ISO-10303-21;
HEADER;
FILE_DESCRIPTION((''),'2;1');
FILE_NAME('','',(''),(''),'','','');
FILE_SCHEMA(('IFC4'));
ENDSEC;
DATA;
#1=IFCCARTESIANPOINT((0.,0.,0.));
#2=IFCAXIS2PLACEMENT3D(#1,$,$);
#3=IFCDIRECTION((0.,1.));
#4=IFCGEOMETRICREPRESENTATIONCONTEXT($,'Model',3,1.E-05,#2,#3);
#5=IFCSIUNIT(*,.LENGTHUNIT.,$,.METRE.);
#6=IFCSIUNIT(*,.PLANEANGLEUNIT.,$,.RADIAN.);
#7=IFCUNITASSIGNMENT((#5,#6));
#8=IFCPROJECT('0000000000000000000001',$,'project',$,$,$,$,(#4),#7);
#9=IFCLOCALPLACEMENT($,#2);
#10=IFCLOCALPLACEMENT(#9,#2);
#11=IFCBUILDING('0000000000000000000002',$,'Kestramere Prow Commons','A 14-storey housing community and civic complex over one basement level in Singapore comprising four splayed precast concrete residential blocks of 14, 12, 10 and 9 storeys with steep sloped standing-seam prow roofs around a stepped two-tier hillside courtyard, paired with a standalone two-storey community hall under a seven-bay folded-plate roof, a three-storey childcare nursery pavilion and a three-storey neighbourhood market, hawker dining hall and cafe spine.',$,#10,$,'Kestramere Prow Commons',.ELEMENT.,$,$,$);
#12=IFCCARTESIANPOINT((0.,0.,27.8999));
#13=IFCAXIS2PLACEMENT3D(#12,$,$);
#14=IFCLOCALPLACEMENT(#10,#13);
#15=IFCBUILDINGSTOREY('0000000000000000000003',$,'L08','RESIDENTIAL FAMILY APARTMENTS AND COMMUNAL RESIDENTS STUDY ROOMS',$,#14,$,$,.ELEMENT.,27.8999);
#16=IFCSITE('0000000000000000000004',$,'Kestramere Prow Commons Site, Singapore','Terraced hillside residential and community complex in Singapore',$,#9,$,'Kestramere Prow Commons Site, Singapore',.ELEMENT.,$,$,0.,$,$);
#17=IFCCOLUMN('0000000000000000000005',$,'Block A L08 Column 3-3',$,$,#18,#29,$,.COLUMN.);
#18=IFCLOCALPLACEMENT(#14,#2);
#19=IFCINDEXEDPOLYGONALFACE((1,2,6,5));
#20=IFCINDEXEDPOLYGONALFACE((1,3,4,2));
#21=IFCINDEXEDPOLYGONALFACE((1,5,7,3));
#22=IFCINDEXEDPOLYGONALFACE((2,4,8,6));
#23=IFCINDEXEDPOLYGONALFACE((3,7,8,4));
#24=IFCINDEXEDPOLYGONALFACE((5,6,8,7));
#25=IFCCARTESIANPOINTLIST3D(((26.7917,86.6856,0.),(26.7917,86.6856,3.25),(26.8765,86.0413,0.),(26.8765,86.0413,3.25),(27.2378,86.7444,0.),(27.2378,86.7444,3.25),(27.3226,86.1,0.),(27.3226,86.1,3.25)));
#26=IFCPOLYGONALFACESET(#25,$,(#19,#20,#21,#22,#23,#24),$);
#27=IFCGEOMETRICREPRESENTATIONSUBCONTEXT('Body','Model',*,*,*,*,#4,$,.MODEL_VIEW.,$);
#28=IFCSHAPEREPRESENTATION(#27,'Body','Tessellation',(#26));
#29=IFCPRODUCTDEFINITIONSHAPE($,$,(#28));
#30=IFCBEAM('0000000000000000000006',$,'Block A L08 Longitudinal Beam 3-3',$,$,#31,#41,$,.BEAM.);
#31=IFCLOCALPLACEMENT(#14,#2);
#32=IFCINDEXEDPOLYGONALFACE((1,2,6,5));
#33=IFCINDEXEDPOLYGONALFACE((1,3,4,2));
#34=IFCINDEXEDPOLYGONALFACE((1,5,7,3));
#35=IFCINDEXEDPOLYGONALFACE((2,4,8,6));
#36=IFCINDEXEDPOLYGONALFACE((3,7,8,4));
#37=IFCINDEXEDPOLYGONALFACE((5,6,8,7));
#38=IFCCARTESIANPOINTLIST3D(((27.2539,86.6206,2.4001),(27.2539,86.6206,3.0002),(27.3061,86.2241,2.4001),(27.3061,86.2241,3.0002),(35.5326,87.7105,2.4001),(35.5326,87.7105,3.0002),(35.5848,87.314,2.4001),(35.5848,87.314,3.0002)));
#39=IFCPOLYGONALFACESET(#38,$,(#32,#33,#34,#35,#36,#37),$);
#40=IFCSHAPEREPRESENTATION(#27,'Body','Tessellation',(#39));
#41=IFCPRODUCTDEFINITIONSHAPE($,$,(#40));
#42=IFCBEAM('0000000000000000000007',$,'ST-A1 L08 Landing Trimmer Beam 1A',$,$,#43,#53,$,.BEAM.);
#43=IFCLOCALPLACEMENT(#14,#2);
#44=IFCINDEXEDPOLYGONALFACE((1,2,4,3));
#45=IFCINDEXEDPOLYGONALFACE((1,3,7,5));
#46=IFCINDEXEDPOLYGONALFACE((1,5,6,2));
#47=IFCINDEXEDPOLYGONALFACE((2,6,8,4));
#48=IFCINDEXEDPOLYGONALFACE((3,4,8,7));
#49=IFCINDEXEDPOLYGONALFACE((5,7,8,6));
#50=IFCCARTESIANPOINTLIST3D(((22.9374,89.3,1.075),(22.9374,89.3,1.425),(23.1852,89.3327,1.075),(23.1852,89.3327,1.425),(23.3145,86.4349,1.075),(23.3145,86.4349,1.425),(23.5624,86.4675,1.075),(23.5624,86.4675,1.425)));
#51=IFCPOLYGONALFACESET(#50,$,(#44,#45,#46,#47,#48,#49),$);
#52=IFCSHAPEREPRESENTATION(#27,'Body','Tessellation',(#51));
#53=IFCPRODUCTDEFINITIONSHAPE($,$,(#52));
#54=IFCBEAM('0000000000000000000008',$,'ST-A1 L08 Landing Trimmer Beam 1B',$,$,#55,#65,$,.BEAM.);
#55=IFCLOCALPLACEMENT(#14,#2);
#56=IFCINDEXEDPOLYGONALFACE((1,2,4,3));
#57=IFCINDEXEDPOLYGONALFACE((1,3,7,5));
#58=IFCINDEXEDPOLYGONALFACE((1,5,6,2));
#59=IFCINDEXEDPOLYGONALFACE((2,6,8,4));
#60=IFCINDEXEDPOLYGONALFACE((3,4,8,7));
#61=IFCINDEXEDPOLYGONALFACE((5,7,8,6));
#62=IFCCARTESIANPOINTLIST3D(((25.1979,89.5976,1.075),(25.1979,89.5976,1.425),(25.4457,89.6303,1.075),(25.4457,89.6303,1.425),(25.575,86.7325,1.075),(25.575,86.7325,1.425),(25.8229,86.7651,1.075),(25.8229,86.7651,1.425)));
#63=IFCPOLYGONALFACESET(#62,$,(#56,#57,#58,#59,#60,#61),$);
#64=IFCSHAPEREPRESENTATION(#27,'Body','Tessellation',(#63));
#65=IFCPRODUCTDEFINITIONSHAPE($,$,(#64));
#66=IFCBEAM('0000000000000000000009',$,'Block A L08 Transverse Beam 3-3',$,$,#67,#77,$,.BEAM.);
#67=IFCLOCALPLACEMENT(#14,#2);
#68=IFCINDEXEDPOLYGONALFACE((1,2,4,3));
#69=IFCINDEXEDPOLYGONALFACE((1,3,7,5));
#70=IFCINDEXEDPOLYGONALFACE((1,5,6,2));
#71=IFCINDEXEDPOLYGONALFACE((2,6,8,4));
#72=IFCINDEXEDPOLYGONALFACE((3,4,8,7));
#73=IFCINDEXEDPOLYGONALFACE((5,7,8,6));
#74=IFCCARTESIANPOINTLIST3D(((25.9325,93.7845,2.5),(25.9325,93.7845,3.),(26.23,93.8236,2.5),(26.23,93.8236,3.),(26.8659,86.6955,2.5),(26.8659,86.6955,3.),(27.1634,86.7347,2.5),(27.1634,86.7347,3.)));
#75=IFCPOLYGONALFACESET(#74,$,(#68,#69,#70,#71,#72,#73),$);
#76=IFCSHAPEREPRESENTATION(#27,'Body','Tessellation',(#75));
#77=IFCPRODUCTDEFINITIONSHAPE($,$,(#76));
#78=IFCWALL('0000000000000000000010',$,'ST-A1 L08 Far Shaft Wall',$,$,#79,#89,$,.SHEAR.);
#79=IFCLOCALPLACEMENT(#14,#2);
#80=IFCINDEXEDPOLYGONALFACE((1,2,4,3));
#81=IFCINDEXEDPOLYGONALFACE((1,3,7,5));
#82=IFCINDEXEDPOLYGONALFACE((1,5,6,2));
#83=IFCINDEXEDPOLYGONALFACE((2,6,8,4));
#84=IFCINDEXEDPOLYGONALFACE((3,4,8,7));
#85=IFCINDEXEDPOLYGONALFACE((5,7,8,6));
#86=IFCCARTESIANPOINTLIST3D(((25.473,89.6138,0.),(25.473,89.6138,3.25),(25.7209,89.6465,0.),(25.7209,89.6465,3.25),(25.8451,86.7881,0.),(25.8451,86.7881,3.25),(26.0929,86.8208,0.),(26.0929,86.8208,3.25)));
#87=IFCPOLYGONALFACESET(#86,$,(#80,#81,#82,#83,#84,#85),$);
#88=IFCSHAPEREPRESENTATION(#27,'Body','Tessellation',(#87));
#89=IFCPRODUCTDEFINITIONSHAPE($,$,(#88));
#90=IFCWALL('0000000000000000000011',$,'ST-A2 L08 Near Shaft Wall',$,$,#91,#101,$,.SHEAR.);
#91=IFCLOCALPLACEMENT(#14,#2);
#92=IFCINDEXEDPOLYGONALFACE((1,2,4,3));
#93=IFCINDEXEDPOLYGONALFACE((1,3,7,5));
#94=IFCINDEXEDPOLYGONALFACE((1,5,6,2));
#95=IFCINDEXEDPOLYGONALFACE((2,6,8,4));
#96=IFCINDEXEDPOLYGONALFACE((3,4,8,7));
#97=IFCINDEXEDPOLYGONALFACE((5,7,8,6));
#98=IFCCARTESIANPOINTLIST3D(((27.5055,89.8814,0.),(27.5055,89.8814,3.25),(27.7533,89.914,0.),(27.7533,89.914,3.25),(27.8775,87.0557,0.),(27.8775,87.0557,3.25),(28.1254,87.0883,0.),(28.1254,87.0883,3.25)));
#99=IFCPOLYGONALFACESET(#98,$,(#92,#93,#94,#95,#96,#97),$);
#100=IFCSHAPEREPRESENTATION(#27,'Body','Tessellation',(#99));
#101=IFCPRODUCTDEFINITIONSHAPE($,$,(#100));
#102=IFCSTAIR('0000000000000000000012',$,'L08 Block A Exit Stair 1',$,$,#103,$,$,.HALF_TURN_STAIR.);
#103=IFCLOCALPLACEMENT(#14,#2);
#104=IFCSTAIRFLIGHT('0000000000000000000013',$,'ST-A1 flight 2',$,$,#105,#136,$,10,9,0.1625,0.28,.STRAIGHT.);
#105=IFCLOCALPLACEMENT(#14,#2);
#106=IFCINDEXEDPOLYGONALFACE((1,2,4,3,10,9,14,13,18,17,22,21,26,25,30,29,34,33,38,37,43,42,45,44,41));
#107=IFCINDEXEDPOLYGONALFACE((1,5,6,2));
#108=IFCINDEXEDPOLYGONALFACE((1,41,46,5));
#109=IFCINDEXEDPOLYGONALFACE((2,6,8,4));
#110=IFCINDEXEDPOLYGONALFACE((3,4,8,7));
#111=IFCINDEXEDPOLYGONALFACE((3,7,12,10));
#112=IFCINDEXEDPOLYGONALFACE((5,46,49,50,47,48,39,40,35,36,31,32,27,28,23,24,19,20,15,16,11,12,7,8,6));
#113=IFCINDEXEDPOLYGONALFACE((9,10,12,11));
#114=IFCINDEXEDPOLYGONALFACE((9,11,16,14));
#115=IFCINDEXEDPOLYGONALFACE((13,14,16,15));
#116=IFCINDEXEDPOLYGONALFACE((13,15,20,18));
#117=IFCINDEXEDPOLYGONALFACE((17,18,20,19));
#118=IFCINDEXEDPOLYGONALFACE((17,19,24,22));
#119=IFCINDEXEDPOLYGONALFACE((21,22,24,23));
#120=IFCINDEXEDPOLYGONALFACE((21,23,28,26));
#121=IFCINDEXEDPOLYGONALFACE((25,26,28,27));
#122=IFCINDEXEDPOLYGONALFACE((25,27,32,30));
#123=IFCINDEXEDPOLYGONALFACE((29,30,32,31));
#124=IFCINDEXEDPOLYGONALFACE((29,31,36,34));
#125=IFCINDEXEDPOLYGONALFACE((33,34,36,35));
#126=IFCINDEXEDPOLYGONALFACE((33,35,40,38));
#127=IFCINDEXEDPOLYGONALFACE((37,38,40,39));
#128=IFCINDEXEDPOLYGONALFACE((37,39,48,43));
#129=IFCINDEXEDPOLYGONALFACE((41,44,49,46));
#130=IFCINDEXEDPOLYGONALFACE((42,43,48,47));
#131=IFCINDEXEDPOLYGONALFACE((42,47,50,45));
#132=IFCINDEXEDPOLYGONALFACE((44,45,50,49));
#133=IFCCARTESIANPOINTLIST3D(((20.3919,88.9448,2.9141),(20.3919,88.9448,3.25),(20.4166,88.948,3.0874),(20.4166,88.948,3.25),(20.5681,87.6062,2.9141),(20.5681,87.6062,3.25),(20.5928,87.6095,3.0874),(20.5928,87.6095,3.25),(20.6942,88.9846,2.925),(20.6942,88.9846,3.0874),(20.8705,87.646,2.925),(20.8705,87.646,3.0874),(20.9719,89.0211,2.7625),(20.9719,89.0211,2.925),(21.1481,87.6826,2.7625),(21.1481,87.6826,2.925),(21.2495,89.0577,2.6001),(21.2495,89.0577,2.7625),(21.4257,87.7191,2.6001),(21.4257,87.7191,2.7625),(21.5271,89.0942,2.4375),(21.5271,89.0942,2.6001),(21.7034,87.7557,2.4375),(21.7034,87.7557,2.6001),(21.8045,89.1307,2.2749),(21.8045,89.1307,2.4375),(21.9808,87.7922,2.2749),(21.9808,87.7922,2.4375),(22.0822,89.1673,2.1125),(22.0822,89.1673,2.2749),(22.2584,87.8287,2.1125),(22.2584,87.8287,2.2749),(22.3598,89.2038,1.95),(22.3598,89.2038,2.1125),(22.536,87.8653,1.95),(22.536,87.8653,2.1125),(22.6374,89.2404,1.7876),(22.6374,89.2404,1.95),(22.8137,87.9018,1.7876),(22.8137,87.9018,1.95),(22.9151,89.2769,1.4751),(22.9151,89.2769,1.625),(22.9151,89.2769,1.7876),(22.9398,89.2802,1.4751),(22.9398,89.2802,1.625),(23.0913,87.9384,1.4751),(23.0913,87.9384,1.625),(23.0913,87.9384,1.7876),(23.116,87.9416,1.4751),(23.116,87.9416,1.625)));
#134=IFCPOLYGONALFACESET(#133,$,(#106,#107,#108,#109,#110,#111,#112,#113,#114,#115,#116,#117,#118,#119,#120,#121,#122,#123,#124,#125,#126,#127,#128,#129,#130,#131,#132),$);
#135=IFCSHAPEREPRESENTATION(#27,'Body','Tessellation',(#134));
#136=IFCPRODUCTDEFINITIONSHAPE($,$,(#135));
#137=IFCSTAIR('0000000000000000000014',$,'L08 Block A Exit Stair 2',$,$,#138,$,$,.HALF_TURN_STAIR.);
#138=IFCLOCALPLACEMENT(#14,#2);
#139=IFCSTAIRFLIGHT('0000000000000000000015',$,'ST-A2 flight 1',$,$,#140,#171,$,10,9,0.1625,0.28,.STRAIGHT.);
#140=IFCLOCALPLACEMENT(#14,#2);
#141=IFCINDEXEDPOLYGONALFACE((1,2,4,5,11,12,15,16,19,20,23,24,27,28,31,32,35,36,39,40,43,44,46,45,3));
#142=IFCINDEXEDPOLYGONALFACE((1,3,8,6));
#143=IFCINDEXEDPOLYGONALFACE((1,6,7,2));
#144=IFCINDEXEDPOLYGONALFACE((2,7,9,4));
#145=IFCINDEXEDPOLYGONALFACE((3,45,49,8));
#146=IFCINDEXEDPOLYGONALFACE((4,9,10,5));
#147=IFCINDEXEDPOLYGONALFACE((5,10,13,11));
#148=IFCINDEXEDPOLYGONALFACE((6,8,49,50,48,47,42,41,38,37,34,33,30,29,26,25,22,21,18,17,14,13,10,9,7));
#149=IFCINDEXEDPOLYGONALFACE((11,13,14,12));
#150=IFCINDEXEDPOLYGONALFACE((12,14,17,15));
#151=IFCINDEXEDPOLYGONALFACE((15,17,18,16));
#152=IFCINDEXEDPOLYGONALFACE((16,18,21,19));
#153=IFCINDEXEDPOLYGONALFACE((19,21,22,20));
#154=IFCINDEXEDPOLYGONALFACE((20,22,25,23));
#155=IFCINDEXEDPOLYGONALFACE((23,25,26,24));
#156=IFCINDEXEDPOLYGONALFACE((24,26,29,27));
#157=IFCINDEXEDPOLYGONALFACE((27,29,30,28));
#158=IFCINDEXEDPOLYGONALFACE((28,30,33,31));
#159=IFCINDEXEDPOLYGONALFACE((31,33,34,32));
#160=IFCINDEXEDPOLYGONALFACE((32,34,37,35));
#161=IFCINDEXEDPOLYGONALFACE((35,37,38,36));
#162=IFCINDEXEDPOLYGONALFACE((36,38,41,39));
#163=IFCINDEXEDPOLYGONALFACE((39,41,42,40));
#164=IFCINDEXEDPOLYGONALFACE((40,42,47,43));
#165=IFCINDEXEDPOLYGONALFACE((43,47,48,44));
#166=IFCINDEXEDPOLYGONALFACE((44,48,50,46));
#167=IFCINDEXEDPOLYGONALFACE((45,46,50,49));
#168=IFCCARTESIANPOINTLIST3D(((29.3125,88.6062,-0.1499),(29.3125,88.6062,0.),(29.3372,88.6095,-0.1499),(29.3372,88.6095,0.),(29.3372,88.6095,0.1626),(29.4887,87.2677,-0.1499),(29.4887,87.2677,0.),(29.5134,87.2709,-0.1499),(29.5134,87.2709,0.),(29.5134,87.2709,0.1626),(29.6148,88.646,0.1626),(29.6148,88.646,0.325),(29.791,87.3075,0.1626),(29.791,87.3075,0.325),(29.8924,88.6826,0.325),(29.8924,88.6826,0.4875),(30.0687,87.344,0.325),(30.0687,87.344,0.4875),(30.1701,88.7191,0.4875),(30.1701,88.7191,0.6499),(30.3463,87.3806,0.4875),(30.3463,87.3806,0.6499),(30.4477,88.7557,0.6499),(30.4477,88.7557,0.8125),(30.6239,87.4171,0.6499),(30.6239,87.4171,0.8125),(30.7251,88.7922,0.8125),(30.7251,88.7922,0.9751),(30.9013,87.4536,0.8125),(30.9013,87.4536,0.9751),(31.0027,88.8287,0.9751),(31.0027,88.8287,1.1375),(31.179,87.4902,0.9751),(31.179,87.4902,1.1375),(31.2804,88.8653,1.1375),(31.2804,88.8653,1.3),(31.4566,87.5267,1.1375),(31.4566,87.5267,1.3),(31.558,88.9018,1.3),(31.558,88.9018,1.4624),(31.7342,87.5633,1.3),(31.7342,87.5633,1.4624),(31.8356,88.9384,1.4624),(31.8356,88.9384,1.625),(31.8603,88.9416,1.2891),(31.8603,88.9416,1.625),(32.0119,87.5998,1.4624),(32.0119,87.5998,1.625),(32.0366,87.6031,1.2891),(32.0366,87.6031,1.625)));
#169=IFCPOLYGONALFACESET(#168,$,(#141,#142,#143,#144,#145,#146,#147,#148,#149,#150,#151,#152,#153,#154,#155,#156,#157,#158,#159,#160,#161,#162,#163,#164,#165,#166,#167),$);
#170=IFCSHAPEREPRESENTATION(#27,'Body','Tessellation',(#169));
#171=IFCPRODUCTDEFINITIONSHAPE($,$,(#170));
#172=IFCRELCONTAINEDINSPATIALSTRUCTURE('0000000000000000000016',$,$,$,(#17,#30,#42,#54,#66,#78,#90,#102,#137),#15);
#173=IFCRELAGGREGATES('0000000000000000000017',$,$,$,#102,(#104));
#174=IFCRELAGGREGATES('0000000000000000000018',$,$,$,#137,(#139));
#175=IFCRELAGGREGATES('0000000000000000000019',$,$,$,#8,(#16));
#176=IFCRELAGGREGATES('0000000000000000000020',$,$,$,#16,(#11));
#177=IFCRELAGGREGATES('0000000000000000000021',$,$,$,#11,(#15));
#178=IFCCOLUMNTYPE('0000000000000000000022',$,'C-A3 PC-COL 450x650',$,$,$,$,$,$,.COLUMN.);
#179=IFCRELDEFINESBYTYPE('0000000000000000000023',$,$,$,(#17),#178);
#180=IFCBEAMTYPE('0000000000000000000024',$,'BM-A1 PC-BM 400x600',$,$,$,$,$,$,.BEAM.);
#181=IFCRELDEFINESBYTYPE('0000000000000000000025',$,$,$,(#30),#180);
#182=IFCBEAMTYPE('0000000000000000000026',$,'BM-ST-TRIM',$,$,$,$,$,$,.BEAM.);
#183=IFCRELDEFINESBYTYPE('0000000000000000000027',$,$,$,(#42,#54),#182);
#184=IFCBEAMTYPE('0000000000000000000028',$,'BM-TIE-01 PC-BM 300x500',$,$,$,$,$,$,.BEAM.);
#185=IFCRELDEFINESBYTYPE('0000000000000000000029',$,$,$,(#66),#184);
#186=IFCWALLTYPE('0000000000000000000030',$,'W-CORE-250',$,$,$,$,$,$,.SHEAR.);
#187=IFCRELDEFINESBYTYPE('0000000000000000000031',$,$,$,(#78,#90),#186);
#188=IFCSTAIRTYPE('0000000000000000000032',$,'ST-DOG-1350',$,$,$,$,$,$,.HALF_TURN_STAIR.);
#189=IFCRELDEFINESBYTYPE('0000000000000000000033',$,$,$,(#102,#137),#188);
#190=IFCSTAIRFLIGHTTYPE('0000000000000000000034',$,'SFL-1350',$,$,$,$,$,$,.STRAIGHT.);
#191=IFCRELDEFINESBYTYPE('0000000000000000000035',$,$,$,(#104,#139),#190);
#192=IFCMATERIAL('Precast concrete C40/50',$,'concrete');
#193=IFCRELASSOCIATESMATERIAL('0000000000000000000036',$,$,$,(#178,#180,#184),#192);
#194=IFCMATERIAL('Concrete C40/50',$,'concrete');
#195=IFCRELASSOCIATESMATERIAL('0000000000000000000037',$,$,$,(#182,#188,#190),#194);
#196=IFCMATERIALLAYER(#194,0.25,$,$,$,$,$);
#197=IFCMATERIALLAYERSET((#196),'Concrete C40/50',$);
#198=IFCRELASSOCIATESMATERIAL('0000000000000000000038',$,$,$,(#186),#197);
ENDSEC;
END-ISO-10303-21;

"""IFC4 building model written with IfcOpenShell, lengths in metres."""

from ifc_helpers import new_model, si_unit, direction, frame, frame_2d, origin, origin_2d, place, context, subcontext, project, spatial, polyline, rectangle, outline, extrude, material, layer, layer_set, material_profile, profile_set, type_object, element, aggregate, save


model = new_model("IFC4")

# Units and contexts
model_context = context("Model", 3, precision=1e-05, world=origin(), true_north=direction((0.0, 1.0)))
body_context = subcontext(model_context, "Body", "Model", "MODEL_VIEW")
ifc_project = project(units=[si_unit("LENGTHUNIT", "METRE"), si_unit("PLANEANGLEUNIT", "RADIAN")], contexts=[model_context])

# Site, building, storey
site_placement = place(None, origin())
site = spatial("IfcSite", under=ifc_project, at=site_placement, Name="Kestramere Prow Commons Site, Singapore", Description="Terraced hillside residential and community complex in Singapore", LongName="Kestramere Prow Commons Site, Singapore", CompositionType="ELEMENT", RefElevation=0.0)
building_placement = place(site_placement, origin())
building = spatial("IfcBuilding", under=site, at=building_placement, Name="Kestramere Prow Commons", Description="A 14-storey housing community and civic complex over one basement level in Singapore comprising four splayed precast concrete residential blocks of 14, 12, 10 and 9 storeys with steep sloped standing-seam prow roofs around a stepped two-tier hillside courtyard, paired with a standalone two-storey community hall under a seven-bay folded-plate roof, a three-storey childcare nursery pavilion and a three-storey neighbourhood market, hawker dining hall and cafe spine.", LongName="Kestramere Prow Commons", CompositionType="ELEMENT")
storey_placement = place(building_placement, frame((0.0, 0.0, 27.8999)))
storey = spatial("IfcBuildingStorey", under=building, at=storey_placement, Name="L08", Description="RESIDENTIAL FAMILY APARTMENTS AND COMMUNAL RESIDENTS STUDY ROOMS", CompositionType="ELEMENT", Elevation=27.8999)

# Column
ifc_material_1 = material(Name="Precast concrete C40/50", Category="concrete")
ifc_material_profile_1 = material_profile(ifc_material_1, rectangle(XDim=0.45, YDim=0.6499, at=origin_2d()), Name="PC-COL 450x650")
ifc_profile_set_1 = profile_set([ifc_material_profile_1], Name="Precast concrete C40/50")
column_type = type_object("IfcColumnType", Name="C-A3 PC-COL 450x650", PredefinedType="COLUMN", material=ifc_profile_set_1)
column_placement = place(storey_placement, frame((27.0571, 86.3928, 0.0), z_axis=(0.0, 0.0, 1.0), x_axis=(0.991445, 0.130526, 0.0)))
element("IfcColumn", 1, at=column_placement, inside=storey, type_object=column_type, Name="Block A L08 Column 3-3", PredefinedType="COLUMN", context=body_context, shape_type="SweptSolid", body=[
    extrude(rectangle(XDim=0.45, YDim=0.6499, at=origin_2d()), origin(), (0.0, 0.0, 1.0), 3.25),
])

# Beams
ifc_material_profile_2 = material_profile(ifc_material_1, rectangle(XDim=0.3999, YDim=0.6001, at=origin_2d()), Name="PC-BM 400x600")
ifc_profile_set_2 = profile_set([ifc_material_profile_2], Name="Precast concrete C40/50")
beam_type_1 = type_object("IfcBeamType", Name="BM-A1 PC-BM 400x600", PredefinedType="BEAM", material=ifc_profile_set_2)
beam_1_placement = place(storey_placement, frame((27.28, 86.4224, 2.7002), z_axis=(0.991446, 0.13052, 0.0), x_axis=(-0.13052, 0.991446, 0.0)))
element("IfcBeam", 2, at=beam_1_placement, inside=storey, type_object=beam_type_1, Name="Block A L08 Longitudinal Beam 3-3", PredefinedType="BEAM", context=body_context, shape_type="SweptSolid", body=[
    extrude(rectangle(XDim=0.3999, YDim=0.6001, at=origin_2d()), origin(), (0.0, 0.0, 1.0), 8.3501),
])
ifc_material_2 = material(Name="Concrete C40/50", Category="concrete")
ifc_material_profile_3 = material_profile(ifc_material_2, rectangle(XDim=0.25, YDim=0.3501, at=origin_2d()), Name="PC-BM 250x350")
ifc_profile_set_3 = profile_set([ifc_material_profile_3], Name="Concrete C40/50")
beam_type_2 = type_object("IfcBeamType", Name="BM-ST-TRIM", PredefinedType="BEAM", material=ifc_profile_set_3)
for number, where, z_axis, x_axis, name in (
    (3, (23.4385, 86.4512, 1.25), (-0.13052, 0.991446, 0.0), (-0.991446, -0.13052, 0.0), "ST-A1 L08 Landing Trimmer Beam 1A"),
    (4, (25.699, 86.7488, 1.25), (-0.13052, 0.991446, 0.0), (-0.991446, -0.13052, 0.0), "ST-A1 L08 Landing Trimmer Beam 1B"),
):
    element("IfcBeam", number, at=place(storey_placement, frame(where, z_axis=z_axis, x_axis=x_axis)), inside=storey, type_object=beam_type_2, Name=name, PredefinedType="BEAM", context=body_context, shape_type="SweptSolid", body=[
        extrude(rectangle(XDim=0.25, YDim=0.3501, at=origin_2d()), origin(), (0.0, 0.0, 1.0), 2.8899),
    ])
ifc_material_profile_4 = material_profile(ifc_material_1, rectangle(XDim=0.3, YDim=0.5, at=origin_2d()), Name="PC-BM 300x500")
ifc_profile_set_4 = profile_set([ifc_material_profile_4], Name="Precast concrete C40/50")
beam_type_3 = type_object("IfcBeamType", Name="BM-TIE-01 PC-BM 300x500", PredefinedType="BEAM", material=ifc_profile_set_4)
beam_2_placement = place(storey_placement, frame((27.0146, 86.7151, 2.75), z_axis=(-0.130538, 0.991443, 0.0), x_axis=(-0.991443, -0.130538, 0.0)))
element("IfcBeam", 5, at=beam_2_placement, inside=storey, type_object=beam_type_3, Name="Block A L08 Transverse Beam 3-3", PredefinedType="BEAM", context=body_context, shape_type="SweptSolid", body=[
    extrude(rectangle(XDim=0.3, YDim=0.5, at=origin_2d()), origin(), (0.0, 0.0, 1.0), 7.1501),
])

# Wall
ifc_layer = layer(ifc_material_2, 0.25)
ifc_layer_set = layer_set([ifc_layer], Name="Concrete C40/50")
wall_type = type_object("IfcWallType", Name="W-CORE-250", PredefinedType="SHEAR", material=ifc_layer_set)
wall_1_placement = place(storey_placement, frame((25.969, 86.8044, 0.0), z_axis=(0.0, 0.0, 1.0), x_axis=(-0.130548, 0.991442, 0.0)))
element("IfcWall", 6, at=wall_1_placement, inside=storey, type_object=wall_type, Name="ST-A1 L08 Far Shaft Wall", PredefinedType="SHEAR", context=body_context, shape_type="SweptSolid", body=[
    extrude(rectangle(XDim=2.8501, YDim=0.25, at=frame_2d((1.425, 0.0))), origin(), (0.0, 0.0, 1.0), 3.25),
])

# Wall
wall_2_placement = place(storey_placement, frame((28.0015, 87.072, 0.0), z_axis=(0.0, 0.0, 1.0), x_axis=(-0.130548, 0.991442, 0.0)))
element("IfcWall", 7, at=wall_2_placement, inside=storey, type_object=wall_type, Name="ST-A2 L08 Near Shaft Wall", PredefinedType="SHEAR", context=body_context, shape_type="SweptSolid", body=[
    extrude(rectangle(XDim=2.8501, YDim=0.25, at=frame_2d((1.425, 0.0))), origin(), (0.0, 0.0, 1.0), 3.25),
])

# Stairs, stair flights
stair_type = type_object("IfcStairType", Name="ST-DOG-1350", PredefinedType="HALF_TURN_STAIR", material=ifc_material_2)
stair_1_placement = place(storey_placement, origin())
stair_1 = element("IfcStair", 8, at=stair_1_placement, inside=storey, type_object=stair_type, Name="L08 Block A Exit Stair 1", PredefinedType="HALF_TURN_STAIR")
stair_flight_type = type_object("IfcStairFlightType", Name="SFL-1350", PredefinedType="STRAIGHT", material=ifc_material_2)
stair_flight_1_placement = place(storey_placement, frame((23.0032, 88.6077, 1.625), z_axis=(0.0, 0.0, 1.0), x_axis=(-0.991445, -0.130526, 0.0)))
stair_flight_1 = element("IfcStairFlight", 9, at=stair_flight_1_placement, type_object=stair_flight_type, Name="ST-A1 flight 2", NumberOfRisers=10, NumberOfTreads=9, PredefinedType="STRAIGHT", RiserHeight=0.1625, TreadLength=0.28, context=body_context, shape_type="SweptSolid", body=[
    extrude(outline(polyline([(-0.0249, 0.0), (0.0, 0.0), (0.0, 0.1626), (0.28, 0.1626), (0.28, 0.325), (0.5601, 0.325), (0.5601, 0.4875), (0.8401, 0.4875), (0.8401, 0.6499), (1.1201, 0.6499), (1.1201, 0.8125), (1.3999, 0.8125), (1.3999, 0.9751), (1.6799, 0.9751), (1.6799, 1.1375), (1.96, 1.1375), (1.96, 1.3), (2.24, 1.3), (2.24, 1.4624), (2.52, 1.4624), (2.52, 1.625), (2.5449, 1.625), (2.5449, 1.2891), (0.0, -0.1499), (-0.0249, -0.1499), (-0.0249, 0.0)])), frame((0.0, 0.675, 0.0), z_axis=(0.0, -1.0, 0.0), x_axis=(1.0, 0.0, 0.0)), (0.0, 0.0, 1.0), 1.3501),
])
aggregate(stair_1, [stair_flight_1])
stair_2_placement = place(storey_placement, origin())
stair_2 = element("IfcStair", 10, at=stair_2_placement, inside=storey, type_object=stair_type, Name="L08 Block A Exit Stair 2", PredefinedType="HALF_TURN_STAIR")
stair_flight_2_placement = place(storey_placement, frame((29.4253, 87.9402, 0.0), z_axis=(0.0, 0.0, 1.0), x_axis=(0.991445, 0.130526, 0.0)))
stair_flight_2 = element("IfcStairFlight", 11, at=stair_flight_2_placement, type_object=stair_flight_type, Name="ST-A2 flight 1", NumberOfRisers=10, NumberOfTreads=9, PredefinedType="STRAIGHT", RiserHeight=0.1625, TreadLength=0.28, context=body_context, shape_type="SweptSolid", body=[
    extrude(outline(polyline([(-0.0249, 0.0), (0.0, 0.0), (0.0, 0.1626), (0.28, 0.1626), (0.28, 0.325), (0.5601, 0.325), (0.5601, 0.4875), (0.8401, 0.4875), (0.8401, 0.6499), (1.1201, 0.6499), (1.1201, 0.8125), (1.3999, 0.8125), (1.3999, 0.9751), (1.6799, 0.9751), (1.6799, 1.1375), (1.96, 1.1375), (1.96, 1.3), (2.24, 1.3), (2.24, 1.4624), (2.52, 1.4624), (2.52, 1.625), (2.5449, 1.625), (2.5449, 1.2891), (0.0, -0.1499), (-0.0249, -0.1499), (-0.0249, 0.0)])), frame((0.0, 0.675, 0.0), z_axis=(0.0, -1.0, 0.0), x_axis=(1.0, 0.0, 0.0)), (0.0, 0.0, 1.0), 1.3501),
])
aggregate(stair_2, [stair_flight_2])

save(model, "model.ifc")
